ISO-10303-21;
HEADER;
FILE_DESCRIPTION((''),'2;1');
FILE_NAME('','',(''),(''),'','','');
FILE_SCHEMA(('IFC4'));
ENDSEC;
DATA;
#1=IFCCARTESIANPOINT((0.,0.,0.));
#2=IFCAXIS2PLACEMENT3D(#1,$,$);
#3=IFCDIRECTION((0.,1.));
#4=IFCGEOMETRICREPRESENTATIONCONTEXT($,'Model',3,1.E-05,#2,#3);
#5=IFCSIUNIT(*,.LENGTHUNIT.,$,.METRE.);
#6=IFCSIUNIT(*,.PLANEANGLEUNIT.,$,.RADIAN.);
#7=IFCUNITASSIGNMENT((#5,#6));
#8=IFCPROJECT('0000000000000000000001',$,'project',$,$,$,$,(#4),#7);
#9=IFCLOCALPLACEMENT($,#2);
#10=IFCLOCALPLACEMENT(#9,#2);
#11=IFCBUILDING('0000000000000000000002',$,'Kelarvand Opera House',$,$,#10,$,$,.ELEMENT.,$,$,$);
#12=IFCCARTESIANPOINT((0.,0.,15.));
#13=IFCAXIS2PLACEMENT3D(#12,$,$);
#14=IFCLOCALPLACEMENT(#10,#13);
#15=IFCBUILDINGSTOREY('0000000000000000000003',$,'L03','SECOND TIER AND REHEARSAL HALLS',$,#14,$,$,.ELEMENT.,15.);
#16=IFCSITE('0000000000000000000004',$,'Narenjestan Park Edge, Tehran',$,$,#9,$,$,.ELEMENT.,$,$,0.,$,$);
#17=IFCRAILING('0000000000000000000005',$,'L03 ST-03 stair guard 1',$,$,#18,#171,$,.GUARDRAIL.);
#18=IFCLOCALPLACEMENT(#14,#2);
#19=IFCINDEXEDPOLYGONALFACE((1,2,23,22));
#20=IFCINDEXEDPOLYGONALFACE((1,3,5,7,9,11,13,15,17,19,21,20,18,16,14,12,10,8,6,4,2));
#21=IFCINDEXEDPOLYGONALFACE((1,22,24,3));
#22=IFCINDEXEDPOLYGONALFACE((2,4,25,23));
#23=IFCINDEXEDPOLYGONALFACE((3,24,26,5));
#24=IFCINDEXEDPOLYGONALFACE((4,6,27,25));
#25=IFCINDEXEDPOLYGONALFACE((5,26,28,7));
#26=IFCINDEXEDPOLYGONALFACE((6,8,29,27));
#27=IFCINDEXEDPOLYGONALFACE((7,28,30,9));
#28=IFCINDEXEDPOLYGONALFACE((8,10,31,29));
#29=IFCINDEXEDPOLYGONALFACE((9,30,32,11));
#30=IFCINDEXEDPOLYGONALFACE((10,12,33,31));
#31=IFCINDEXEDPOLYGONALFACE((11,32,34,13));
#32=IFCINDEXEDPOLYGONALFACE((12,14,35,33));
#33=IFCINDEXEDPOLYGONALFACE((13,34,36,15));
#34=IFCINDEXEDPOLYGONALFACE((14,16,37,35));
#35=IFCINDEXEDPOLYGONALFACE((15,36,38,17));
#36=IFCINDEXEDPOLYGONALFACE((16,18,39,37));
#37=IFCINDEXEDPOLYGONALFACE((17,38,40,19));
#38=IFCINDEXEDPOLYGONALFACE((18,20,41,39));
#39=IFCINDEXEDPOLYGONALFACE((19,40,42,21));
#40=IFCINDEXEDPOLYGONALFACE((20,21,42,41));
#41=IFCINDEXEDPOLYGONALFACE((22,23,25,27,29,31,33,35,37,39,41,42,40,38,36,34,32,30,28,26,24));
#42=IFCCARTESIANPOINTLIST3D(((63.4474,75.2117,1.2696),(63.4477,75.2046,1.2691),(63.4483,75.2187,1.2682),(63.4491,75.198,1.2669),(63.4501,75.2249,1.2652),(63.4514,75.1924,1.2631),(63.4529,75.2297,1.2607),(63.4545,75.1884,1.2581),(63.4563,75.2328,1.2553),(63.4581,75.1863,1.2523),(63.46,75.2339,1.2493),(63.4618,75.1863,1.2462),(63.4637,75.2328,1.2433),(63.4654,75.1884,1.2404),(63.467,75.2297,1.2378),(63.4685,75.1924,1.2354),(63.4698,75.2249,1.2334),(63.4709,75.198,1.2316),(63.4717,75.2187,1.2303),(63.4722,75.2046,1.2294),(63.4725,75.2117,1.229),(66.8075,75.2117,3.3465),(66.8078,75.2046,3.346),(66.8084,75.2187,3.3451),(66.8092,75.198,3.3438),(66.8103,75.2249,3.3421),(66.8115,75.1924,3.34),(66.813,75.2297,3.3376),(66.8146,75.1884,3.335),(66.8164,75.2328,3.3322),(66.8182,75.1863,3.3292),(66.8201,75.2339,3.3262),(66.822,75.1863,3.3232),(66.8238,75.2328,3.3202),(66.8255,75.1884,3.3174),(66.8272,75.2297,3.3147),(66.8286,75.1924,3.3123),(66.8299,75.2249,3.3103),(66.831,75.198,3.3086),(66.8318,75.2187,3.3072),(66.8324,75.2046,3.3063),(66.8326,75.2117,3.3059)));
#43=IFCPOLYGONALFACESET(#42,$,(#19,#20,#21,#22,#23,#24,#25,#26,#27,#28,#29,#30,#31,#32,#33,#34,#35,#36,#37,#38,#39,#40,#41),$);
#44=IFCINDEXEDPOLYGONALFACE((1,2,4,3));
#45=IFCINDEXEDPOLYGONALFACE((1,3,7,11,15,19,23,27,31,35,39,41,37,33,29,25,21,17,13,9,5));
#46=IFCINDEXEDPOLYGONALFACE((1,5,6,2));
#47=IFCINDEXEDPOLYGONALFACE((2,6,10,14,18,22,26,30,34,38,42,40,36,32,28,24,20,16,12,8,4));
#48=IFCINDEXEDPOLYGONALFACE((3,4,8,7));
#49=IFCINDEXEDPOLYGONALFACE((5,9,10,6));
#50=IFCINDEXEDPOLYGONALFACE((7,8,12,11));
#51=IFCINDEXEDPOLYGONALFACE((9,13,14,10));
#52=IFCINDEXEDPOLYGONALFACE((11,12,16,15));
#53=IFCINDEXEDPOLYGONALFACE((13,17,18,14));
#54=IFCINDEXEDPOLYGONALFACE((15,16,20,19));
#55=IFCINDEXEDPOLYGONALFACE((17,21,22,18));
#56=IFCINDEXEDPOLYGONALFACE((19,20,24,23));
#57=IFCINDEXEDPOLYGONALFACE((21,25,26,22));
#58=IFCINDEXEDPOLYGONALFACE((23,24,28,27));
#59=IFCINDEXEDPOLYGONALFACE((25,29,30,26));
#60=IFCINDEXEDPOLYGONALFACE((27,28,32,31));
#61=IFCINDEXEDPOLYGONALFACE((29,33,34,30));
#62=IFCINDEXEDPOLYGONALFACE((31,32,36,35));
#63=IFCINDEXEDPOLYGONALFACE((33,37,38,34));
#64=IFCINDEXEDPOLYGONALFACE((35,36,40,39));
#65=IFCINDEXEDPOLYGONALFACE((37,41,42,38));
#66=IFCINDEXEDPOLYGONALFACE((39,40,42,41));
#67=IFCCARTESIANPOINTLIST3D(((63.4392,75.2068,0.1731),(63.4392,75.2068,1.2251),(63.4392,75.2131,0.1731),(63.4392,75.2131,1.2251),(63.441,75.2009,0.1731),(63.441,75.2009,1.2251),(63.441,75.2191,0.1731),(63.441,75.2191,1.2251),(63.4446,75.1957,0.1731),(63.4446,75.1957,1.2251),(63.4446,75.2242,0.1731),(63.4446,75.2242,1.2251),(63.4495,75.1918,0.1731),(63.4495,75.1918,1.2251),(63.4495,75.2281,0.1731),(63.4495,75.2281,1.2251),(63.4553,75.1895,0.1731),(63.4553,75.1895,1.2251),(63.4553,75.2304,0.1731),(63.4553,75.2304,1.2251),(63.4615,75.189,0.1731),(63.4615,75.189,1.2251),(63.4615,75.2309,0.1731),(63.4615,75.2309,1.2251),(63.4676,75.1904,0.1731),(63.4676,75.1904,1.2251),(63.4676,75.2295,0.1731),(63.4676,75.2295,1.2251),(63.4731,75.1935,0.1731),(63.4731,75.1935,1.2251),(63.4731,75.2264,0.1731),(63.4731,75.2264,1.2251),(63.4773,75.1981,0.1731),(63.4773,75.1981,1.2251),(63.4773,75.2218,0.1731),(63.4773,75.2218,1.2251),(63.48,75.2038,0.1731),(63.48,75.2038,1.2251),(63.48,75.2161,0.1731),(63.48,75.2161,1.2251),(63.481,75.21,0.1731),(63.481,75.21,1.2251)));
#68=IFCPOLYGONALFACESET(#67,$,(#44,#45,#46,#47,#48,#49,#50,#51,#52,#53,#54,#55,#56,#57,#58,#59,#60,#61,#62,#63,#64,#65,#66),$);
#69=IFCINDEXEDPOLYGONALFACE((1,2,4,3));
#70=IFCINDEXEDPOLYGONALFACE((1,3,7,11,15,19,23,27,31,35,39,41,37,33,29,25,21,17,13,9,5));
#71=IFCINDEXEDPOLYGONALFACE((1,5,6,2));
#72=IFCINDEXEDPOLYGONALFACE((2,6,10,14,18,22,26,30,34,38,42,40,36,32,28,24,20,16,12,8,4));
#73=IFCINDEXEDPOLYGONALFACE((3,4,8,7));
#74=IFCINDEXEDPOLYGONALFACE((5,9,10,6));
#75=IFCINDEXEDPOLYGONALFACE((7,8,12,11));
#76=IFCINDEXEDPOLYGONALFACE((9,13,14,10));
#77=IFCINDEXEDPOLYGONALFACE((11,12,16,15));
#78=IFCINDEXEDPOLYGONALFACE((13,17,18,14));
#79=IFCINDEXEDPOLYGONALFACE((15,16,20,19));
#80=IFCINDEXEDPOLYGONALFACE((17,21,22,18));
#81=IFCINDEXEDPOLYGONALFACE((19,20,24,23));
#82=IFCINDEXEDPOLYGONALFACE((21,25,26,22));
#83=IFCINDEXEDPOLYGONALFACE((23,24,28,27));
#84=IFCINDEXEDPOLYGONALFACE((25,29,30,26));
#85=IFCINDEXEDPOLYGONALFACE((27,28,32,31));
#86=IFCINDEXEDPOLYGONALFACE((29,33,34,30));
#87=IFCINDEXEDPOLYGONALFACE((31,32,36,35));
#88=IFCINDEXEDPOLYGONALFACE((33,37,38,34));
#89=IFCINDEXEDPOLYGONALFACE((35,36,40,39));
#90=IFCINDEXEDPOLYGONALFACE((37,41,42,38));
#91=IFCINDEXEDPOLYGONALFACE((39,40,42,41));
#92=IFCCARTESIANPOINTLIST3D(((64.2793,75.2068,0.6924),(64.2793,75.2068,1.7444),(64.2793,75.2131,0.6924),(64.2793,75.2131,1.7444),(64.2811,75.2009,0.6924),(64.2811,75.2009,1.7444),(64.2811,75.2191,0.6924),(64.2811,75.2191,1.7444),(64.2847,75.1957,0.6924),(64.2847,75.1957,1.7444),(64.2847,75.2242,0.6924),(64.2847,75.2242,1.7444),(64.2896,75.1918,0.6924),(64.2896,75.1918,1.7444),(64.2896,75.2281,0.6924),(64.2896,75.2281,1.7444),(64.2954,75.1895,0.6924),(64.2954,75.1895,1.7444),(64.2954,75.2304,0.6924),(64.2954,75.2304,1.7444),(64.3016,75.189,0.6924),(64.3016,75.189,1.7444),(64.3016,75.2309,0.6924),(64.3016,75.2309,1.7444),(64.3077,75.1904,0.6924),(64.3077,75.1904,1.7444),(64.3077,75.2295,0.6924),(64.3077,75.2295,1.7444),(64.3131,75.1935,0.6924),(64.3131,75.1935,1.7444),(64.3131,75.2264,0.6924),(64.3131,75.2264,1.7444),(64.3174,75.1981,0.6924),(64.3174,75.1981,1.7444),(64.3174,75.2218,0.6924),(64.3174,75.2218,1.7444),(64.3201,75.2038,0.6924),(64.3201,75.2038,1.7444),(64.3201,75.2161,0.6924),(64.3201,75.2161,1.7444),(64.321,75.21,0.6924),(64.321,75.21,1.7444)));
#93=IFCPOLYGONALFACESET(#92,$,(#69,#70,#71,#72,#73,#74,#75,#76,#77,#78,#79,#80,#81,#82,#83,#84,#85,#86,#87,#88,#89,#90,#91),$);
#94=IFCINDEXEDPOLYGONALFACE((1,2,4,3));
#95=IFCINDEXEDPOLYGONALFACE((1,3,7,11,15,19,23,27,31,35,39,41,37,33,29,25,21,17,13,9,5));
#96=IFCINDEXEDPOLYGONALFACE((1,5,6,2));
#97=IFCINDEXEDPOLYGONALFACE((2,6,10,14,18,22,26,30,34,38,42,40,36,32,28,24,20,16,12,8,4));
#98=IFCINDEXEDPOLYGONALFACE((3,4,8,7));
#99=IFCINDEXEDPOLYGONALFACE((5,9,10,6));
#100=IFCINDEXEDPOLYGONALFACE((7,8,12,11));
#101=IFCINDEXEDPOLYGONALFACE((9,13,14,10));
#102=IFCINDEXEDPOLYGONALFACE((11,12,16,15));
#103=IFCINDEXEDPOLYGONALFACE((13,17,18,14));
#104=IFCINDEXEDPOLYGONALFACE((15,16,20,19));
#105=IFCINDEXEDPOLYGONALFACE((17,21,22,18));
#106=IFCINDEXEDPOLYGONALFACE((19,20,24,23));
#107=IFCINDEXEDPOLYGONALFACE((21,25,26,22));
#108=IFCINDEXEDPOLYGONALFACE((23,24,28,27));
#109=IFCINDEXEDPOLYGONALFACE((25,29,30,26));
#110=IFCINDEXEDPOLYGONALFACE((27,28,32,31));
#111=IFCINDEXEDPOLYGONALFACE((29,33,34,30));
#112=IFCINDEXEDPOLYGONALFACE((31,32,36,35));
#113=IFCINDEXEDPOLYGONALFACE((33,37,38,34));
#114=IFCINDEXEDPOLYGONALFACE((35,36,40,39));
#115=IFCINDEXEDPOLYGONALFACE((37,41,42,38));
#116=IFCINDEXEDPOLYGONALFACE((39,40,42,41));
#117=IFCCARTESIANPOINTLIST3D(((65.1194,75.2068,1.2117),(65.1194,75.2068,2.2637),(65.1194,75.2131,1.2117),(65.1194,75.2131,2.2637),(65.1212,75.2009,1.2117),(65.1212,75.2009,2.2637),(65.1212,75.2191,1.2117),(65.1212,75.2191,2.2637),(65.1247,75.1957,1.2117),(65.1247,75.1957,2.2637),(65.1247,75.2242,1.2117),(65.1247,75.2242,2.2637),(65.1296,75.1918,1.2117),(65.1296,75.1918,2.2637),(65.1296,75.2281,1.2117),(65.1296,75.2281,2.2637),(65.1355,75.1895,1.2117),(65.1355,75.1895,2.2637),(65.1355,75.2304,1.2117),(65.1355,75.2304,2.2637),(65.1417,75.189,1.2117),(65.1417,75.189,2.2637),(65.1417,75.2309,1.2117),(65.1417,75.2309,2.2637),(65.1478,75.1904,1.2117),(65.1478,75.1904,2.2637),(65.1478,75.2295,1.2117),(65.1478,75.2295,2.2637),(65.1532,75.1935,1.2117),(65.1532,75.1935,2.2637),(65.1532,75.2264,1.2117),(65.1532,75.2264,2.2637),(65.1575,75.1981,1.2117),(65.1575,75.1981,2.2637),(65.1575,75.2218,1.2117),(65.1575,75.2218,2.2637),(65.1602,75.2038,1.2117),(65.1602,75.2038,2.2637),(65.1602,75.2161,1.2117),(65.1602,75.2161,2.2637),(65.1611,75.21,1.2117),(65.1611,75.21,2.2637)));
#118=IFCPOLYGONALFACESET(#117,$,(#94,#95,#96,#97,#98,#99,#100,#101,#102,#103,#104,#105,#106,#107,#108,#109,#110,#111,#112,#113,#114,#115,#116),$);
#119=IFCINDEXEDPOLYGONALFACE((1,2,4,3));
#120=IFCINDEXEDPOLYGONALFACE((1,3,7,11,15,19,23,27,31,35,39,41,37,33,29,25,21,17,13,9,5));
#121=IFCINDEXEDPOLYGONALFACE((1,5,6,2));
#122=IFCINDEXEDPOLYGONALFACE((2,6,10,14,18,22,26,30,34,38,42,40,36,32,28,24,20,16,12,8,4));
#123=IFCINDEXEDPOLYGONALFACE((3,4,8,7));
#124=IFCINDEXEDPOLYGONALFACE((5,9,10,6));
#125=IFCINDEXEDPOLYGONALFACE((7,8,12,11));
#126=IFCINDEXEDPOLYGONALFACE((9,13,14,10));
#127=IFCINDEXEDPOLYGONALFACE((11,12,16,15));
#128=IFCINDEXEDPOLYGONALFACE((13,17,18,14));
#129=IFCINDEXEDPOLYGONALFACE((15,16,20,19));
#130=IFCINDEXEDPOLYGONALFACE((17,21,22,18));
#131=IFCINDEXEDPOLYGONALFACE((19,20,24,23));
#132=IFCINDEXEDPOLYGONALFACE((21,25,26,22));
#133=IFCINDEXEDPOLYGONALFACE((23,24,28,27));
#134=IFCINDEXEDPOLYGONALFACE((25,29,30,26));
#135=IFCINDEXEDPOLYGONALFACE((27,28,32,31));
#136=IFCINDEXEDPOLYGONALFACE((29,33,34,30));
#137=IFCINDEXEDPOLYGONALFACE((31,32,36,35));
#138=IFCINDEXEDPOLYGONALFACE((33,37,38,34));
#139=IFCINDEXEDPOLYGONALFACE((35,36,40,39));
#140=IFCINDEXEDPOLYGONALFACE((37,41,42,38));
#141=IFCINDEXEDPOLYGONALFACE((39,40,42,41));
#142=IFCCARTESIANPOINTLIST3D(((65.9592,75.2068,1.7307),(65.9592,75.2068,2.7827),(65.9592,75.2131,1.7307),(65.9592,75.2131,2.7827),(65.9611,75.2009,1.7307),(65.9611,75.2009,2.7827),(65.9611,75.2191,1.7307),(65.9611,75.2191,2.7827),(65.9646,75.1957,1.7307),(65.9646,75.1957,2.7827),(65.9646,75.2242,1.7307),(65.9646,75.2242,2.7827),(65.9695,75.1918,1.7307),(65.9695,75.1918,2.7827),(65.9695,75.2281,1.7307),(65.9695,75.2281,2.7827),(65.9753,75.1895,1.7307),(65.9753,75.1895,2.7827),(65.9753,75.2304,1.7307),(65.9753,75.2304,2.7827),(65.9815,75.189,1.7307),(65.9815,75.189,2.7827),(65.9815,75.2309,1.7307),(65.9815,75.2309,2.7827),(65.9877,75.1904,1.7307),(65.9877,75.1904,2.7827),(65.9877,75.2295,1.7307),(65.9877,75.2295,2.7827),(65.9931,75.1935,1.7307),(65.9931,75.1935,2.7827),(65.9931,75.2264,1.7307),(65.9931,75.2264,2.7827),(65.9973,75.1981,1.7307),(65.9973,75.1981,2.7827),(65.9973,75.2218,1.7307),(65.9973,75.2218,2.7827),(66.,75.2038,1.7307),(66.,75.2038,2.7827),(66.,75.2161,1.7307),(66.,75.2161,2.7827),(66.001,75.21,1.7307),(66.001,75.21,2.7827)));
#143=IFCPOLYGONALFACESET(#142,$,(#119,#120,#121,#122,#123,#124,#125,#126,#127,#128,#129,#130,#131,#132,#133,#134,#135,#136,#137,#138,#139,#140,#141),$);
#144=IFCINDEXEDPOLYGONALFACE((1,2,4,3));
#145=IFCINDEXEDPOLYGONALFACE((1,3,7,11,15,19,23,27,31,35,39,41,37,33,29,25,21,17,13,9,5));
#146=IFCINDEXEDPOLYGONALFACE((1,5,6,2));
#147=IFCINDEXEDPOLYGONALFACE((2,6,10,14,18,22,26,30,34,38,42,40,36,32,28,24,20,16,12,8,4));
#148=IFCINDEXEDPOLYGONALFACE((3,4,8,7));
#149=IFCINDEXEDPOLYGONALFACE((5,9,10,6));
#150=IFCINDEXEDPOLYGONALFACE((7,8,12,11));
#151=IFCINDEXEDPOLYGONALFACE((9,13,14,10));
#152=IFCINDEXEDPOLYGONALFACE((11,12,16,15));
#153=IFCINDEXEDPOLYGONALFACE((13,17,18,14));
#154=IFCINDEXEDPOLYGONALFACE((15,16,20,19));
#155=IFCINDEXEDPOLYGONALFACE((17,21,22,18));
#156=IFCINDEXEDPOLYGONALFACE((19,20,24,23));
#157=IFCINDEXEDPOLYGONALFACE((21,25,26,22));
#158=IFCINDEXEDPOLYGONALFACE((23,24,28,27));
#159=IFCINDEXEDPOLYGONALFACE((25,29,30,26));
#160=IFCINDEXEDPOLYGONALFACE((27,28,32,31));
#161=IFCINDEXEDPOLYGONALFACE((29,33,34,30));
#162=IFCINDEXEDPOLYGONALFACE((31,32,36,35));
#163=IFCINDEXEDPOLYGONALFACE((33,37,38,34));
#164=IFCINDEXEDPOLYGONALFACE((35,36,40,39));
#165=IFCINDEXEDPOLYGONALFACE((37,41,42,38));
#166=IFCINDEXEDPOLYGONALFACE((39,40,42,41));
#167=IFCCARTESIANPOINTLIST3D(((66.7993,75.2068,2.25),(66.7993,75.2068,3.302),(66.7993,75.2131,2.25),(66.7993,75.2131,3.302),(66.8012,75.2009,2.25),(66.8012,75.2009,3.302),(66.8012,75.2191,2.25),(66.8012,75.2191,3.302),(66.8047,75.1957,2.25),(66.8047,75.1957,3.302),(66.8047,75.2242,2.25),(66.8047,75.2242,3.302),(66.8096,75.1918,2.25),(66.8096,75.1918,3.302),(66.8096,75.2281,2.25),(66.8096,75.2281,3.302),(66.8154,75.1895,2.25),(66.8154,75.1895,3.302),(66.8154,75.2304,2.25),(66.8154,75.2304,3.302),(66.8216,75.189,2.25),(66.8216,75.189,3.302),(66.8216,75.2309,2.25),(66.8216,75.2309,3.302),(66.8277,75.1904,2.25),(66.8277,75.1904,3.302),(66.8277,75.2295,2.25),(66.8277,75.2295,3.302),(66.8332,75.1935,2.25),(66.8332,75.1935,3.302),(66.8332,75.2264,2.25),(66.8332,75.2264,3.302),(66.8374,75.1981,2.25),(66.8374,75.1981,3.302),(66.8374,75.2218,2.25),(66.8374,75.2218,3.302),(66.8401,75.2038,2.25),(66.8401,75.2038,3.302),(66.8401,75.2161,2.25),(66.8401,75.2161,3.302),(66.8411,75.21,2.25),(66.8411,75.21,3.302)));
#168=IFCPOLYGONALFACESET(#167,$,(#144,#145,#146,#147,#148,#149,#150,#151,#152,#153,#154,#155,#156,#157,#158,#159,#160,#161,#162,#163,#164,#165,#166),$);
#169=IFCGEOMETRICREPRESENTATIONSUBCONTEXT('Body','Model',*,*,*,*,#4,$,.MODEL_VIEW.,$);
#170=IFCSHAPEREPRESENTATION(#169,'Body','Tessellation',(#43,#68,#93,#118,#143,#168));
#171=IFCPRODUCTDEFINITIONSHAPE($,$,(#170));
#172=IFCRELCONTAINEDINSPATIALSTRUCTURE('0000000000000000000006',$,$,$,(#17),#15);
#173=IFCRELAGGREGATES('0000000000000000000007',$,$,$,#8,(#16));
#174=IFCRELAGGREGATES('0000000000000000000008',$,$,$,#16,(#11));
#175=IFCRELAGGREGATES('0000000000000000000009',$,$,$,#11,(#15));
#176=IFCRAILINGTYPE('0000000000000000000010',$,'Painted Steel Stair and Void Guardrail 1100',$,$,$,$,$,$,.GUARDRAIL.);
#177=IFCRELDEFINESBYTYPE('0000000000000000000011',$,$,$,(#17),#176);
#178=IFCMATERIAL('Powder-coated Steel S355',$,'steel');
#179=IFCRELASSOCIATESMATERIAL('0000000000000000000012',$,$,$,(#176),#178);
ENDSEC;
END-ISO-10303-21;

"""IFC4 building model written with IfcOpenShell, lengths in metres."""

from ifc_helpers import new_model, si_unit, direction, frame, origin, origin_2d, place, context, subcontext, project, spatial, circle, extrude, material, type_object, element, save


model = new_model("IFC4")

# Units and contexts
model_context = context("Model", 3, precision=1e-05, world=origin(), true_north=direction((0.0, 1.0)))
body_context = subcontext(model_context, "Body", "Model", "MODEL_VIEW")
ifc_project = project(units=[si_unit("LENGTHUNIT", "METRE"), si_unit("PLANEANGLEUNIT", "RADIAN")], contexts=[model_context])

# Site, building, storey
site_placement = place(None, origin())
site = spatial("IfcSite", under=ifc_project, at=site_placement, Name="Narenjestan Park Edge, Tehran", CompositionType="ELEMENT", RefElevation=0.0)
building_placement = place(site_placement, origin())
building = spatial("IfcBuilding", under=site, at=building_placement, Name="Kelarvand Opera House", CompositionType="ELEMENT")
storey_placement = place(building_placement, frame((0.0, 0.0, 15.0)))
storey = spatial("IfcBuildingStorey", under=building, at=storey_placement, Name="L03", Description="SECOND TIER AND REHEARSAL HALLS", CompositionType="ELEMENT", Elevation=15.0)

# Railing
ifc_material_1 = material(Name="Powder-coated Steel S355", Category="steel")
railing_type_1 = type_object("IfcRailingType", Name="Painted Steel Stair and Void Guardrail 1100", PredefinedType="GUARDRAIL", material=ifc_material_1)
railing_1_placement = place(storey_placement, frame((63.46, 75.21, 0.1731)))
element("IfcRailing", 1, at=railing_1_placement, inside=storey, type_object=railing_type_1, Name="L03 ST-03 stair guard 1", PredefinedType="GUARDRAIL", context=body_context, shape_type="SweptSolid", body=[
    extrude(circle(Radius=0.0239, at=origin_2d()), frame((0.0, 0.0, 1.0762), z_axis=(0.850623, 0.0, 0.525776), x_axis=(0.0, 1.0, 0.0)), (0.0, 0.0, 1.0), 3.9502),
    extrude(circle(Radius=0.021, at=origin_2d()), origin(), (0.0, 0.0, 1.0), 1.052),
    extrude(circle(Radius=0.021, at=origin_2d()), frame((0.8401, 0.0, 0.5193)), (0.0, 0.0, 1.0), 1.052),
    extrude(circle(Radius=0.021, at=origin_2d()), frame((1.6802, 0.0, 1.0386)), (0.0, 0.0, 1.0), 1.052),
    extrude(circle(Radius=0.021, at=origin_2d()), frame((2.52, 0.0, 1.5576)), (0.0, 0.0, 1.0), 1.052),
    extrude(circle(Radius=0.021, at=origin_2d()), frame((3.3601, 0.0, 2.0769)), (0.0, 0.0, 1.0), 1.052),
])

save(model, "model.ifc")
